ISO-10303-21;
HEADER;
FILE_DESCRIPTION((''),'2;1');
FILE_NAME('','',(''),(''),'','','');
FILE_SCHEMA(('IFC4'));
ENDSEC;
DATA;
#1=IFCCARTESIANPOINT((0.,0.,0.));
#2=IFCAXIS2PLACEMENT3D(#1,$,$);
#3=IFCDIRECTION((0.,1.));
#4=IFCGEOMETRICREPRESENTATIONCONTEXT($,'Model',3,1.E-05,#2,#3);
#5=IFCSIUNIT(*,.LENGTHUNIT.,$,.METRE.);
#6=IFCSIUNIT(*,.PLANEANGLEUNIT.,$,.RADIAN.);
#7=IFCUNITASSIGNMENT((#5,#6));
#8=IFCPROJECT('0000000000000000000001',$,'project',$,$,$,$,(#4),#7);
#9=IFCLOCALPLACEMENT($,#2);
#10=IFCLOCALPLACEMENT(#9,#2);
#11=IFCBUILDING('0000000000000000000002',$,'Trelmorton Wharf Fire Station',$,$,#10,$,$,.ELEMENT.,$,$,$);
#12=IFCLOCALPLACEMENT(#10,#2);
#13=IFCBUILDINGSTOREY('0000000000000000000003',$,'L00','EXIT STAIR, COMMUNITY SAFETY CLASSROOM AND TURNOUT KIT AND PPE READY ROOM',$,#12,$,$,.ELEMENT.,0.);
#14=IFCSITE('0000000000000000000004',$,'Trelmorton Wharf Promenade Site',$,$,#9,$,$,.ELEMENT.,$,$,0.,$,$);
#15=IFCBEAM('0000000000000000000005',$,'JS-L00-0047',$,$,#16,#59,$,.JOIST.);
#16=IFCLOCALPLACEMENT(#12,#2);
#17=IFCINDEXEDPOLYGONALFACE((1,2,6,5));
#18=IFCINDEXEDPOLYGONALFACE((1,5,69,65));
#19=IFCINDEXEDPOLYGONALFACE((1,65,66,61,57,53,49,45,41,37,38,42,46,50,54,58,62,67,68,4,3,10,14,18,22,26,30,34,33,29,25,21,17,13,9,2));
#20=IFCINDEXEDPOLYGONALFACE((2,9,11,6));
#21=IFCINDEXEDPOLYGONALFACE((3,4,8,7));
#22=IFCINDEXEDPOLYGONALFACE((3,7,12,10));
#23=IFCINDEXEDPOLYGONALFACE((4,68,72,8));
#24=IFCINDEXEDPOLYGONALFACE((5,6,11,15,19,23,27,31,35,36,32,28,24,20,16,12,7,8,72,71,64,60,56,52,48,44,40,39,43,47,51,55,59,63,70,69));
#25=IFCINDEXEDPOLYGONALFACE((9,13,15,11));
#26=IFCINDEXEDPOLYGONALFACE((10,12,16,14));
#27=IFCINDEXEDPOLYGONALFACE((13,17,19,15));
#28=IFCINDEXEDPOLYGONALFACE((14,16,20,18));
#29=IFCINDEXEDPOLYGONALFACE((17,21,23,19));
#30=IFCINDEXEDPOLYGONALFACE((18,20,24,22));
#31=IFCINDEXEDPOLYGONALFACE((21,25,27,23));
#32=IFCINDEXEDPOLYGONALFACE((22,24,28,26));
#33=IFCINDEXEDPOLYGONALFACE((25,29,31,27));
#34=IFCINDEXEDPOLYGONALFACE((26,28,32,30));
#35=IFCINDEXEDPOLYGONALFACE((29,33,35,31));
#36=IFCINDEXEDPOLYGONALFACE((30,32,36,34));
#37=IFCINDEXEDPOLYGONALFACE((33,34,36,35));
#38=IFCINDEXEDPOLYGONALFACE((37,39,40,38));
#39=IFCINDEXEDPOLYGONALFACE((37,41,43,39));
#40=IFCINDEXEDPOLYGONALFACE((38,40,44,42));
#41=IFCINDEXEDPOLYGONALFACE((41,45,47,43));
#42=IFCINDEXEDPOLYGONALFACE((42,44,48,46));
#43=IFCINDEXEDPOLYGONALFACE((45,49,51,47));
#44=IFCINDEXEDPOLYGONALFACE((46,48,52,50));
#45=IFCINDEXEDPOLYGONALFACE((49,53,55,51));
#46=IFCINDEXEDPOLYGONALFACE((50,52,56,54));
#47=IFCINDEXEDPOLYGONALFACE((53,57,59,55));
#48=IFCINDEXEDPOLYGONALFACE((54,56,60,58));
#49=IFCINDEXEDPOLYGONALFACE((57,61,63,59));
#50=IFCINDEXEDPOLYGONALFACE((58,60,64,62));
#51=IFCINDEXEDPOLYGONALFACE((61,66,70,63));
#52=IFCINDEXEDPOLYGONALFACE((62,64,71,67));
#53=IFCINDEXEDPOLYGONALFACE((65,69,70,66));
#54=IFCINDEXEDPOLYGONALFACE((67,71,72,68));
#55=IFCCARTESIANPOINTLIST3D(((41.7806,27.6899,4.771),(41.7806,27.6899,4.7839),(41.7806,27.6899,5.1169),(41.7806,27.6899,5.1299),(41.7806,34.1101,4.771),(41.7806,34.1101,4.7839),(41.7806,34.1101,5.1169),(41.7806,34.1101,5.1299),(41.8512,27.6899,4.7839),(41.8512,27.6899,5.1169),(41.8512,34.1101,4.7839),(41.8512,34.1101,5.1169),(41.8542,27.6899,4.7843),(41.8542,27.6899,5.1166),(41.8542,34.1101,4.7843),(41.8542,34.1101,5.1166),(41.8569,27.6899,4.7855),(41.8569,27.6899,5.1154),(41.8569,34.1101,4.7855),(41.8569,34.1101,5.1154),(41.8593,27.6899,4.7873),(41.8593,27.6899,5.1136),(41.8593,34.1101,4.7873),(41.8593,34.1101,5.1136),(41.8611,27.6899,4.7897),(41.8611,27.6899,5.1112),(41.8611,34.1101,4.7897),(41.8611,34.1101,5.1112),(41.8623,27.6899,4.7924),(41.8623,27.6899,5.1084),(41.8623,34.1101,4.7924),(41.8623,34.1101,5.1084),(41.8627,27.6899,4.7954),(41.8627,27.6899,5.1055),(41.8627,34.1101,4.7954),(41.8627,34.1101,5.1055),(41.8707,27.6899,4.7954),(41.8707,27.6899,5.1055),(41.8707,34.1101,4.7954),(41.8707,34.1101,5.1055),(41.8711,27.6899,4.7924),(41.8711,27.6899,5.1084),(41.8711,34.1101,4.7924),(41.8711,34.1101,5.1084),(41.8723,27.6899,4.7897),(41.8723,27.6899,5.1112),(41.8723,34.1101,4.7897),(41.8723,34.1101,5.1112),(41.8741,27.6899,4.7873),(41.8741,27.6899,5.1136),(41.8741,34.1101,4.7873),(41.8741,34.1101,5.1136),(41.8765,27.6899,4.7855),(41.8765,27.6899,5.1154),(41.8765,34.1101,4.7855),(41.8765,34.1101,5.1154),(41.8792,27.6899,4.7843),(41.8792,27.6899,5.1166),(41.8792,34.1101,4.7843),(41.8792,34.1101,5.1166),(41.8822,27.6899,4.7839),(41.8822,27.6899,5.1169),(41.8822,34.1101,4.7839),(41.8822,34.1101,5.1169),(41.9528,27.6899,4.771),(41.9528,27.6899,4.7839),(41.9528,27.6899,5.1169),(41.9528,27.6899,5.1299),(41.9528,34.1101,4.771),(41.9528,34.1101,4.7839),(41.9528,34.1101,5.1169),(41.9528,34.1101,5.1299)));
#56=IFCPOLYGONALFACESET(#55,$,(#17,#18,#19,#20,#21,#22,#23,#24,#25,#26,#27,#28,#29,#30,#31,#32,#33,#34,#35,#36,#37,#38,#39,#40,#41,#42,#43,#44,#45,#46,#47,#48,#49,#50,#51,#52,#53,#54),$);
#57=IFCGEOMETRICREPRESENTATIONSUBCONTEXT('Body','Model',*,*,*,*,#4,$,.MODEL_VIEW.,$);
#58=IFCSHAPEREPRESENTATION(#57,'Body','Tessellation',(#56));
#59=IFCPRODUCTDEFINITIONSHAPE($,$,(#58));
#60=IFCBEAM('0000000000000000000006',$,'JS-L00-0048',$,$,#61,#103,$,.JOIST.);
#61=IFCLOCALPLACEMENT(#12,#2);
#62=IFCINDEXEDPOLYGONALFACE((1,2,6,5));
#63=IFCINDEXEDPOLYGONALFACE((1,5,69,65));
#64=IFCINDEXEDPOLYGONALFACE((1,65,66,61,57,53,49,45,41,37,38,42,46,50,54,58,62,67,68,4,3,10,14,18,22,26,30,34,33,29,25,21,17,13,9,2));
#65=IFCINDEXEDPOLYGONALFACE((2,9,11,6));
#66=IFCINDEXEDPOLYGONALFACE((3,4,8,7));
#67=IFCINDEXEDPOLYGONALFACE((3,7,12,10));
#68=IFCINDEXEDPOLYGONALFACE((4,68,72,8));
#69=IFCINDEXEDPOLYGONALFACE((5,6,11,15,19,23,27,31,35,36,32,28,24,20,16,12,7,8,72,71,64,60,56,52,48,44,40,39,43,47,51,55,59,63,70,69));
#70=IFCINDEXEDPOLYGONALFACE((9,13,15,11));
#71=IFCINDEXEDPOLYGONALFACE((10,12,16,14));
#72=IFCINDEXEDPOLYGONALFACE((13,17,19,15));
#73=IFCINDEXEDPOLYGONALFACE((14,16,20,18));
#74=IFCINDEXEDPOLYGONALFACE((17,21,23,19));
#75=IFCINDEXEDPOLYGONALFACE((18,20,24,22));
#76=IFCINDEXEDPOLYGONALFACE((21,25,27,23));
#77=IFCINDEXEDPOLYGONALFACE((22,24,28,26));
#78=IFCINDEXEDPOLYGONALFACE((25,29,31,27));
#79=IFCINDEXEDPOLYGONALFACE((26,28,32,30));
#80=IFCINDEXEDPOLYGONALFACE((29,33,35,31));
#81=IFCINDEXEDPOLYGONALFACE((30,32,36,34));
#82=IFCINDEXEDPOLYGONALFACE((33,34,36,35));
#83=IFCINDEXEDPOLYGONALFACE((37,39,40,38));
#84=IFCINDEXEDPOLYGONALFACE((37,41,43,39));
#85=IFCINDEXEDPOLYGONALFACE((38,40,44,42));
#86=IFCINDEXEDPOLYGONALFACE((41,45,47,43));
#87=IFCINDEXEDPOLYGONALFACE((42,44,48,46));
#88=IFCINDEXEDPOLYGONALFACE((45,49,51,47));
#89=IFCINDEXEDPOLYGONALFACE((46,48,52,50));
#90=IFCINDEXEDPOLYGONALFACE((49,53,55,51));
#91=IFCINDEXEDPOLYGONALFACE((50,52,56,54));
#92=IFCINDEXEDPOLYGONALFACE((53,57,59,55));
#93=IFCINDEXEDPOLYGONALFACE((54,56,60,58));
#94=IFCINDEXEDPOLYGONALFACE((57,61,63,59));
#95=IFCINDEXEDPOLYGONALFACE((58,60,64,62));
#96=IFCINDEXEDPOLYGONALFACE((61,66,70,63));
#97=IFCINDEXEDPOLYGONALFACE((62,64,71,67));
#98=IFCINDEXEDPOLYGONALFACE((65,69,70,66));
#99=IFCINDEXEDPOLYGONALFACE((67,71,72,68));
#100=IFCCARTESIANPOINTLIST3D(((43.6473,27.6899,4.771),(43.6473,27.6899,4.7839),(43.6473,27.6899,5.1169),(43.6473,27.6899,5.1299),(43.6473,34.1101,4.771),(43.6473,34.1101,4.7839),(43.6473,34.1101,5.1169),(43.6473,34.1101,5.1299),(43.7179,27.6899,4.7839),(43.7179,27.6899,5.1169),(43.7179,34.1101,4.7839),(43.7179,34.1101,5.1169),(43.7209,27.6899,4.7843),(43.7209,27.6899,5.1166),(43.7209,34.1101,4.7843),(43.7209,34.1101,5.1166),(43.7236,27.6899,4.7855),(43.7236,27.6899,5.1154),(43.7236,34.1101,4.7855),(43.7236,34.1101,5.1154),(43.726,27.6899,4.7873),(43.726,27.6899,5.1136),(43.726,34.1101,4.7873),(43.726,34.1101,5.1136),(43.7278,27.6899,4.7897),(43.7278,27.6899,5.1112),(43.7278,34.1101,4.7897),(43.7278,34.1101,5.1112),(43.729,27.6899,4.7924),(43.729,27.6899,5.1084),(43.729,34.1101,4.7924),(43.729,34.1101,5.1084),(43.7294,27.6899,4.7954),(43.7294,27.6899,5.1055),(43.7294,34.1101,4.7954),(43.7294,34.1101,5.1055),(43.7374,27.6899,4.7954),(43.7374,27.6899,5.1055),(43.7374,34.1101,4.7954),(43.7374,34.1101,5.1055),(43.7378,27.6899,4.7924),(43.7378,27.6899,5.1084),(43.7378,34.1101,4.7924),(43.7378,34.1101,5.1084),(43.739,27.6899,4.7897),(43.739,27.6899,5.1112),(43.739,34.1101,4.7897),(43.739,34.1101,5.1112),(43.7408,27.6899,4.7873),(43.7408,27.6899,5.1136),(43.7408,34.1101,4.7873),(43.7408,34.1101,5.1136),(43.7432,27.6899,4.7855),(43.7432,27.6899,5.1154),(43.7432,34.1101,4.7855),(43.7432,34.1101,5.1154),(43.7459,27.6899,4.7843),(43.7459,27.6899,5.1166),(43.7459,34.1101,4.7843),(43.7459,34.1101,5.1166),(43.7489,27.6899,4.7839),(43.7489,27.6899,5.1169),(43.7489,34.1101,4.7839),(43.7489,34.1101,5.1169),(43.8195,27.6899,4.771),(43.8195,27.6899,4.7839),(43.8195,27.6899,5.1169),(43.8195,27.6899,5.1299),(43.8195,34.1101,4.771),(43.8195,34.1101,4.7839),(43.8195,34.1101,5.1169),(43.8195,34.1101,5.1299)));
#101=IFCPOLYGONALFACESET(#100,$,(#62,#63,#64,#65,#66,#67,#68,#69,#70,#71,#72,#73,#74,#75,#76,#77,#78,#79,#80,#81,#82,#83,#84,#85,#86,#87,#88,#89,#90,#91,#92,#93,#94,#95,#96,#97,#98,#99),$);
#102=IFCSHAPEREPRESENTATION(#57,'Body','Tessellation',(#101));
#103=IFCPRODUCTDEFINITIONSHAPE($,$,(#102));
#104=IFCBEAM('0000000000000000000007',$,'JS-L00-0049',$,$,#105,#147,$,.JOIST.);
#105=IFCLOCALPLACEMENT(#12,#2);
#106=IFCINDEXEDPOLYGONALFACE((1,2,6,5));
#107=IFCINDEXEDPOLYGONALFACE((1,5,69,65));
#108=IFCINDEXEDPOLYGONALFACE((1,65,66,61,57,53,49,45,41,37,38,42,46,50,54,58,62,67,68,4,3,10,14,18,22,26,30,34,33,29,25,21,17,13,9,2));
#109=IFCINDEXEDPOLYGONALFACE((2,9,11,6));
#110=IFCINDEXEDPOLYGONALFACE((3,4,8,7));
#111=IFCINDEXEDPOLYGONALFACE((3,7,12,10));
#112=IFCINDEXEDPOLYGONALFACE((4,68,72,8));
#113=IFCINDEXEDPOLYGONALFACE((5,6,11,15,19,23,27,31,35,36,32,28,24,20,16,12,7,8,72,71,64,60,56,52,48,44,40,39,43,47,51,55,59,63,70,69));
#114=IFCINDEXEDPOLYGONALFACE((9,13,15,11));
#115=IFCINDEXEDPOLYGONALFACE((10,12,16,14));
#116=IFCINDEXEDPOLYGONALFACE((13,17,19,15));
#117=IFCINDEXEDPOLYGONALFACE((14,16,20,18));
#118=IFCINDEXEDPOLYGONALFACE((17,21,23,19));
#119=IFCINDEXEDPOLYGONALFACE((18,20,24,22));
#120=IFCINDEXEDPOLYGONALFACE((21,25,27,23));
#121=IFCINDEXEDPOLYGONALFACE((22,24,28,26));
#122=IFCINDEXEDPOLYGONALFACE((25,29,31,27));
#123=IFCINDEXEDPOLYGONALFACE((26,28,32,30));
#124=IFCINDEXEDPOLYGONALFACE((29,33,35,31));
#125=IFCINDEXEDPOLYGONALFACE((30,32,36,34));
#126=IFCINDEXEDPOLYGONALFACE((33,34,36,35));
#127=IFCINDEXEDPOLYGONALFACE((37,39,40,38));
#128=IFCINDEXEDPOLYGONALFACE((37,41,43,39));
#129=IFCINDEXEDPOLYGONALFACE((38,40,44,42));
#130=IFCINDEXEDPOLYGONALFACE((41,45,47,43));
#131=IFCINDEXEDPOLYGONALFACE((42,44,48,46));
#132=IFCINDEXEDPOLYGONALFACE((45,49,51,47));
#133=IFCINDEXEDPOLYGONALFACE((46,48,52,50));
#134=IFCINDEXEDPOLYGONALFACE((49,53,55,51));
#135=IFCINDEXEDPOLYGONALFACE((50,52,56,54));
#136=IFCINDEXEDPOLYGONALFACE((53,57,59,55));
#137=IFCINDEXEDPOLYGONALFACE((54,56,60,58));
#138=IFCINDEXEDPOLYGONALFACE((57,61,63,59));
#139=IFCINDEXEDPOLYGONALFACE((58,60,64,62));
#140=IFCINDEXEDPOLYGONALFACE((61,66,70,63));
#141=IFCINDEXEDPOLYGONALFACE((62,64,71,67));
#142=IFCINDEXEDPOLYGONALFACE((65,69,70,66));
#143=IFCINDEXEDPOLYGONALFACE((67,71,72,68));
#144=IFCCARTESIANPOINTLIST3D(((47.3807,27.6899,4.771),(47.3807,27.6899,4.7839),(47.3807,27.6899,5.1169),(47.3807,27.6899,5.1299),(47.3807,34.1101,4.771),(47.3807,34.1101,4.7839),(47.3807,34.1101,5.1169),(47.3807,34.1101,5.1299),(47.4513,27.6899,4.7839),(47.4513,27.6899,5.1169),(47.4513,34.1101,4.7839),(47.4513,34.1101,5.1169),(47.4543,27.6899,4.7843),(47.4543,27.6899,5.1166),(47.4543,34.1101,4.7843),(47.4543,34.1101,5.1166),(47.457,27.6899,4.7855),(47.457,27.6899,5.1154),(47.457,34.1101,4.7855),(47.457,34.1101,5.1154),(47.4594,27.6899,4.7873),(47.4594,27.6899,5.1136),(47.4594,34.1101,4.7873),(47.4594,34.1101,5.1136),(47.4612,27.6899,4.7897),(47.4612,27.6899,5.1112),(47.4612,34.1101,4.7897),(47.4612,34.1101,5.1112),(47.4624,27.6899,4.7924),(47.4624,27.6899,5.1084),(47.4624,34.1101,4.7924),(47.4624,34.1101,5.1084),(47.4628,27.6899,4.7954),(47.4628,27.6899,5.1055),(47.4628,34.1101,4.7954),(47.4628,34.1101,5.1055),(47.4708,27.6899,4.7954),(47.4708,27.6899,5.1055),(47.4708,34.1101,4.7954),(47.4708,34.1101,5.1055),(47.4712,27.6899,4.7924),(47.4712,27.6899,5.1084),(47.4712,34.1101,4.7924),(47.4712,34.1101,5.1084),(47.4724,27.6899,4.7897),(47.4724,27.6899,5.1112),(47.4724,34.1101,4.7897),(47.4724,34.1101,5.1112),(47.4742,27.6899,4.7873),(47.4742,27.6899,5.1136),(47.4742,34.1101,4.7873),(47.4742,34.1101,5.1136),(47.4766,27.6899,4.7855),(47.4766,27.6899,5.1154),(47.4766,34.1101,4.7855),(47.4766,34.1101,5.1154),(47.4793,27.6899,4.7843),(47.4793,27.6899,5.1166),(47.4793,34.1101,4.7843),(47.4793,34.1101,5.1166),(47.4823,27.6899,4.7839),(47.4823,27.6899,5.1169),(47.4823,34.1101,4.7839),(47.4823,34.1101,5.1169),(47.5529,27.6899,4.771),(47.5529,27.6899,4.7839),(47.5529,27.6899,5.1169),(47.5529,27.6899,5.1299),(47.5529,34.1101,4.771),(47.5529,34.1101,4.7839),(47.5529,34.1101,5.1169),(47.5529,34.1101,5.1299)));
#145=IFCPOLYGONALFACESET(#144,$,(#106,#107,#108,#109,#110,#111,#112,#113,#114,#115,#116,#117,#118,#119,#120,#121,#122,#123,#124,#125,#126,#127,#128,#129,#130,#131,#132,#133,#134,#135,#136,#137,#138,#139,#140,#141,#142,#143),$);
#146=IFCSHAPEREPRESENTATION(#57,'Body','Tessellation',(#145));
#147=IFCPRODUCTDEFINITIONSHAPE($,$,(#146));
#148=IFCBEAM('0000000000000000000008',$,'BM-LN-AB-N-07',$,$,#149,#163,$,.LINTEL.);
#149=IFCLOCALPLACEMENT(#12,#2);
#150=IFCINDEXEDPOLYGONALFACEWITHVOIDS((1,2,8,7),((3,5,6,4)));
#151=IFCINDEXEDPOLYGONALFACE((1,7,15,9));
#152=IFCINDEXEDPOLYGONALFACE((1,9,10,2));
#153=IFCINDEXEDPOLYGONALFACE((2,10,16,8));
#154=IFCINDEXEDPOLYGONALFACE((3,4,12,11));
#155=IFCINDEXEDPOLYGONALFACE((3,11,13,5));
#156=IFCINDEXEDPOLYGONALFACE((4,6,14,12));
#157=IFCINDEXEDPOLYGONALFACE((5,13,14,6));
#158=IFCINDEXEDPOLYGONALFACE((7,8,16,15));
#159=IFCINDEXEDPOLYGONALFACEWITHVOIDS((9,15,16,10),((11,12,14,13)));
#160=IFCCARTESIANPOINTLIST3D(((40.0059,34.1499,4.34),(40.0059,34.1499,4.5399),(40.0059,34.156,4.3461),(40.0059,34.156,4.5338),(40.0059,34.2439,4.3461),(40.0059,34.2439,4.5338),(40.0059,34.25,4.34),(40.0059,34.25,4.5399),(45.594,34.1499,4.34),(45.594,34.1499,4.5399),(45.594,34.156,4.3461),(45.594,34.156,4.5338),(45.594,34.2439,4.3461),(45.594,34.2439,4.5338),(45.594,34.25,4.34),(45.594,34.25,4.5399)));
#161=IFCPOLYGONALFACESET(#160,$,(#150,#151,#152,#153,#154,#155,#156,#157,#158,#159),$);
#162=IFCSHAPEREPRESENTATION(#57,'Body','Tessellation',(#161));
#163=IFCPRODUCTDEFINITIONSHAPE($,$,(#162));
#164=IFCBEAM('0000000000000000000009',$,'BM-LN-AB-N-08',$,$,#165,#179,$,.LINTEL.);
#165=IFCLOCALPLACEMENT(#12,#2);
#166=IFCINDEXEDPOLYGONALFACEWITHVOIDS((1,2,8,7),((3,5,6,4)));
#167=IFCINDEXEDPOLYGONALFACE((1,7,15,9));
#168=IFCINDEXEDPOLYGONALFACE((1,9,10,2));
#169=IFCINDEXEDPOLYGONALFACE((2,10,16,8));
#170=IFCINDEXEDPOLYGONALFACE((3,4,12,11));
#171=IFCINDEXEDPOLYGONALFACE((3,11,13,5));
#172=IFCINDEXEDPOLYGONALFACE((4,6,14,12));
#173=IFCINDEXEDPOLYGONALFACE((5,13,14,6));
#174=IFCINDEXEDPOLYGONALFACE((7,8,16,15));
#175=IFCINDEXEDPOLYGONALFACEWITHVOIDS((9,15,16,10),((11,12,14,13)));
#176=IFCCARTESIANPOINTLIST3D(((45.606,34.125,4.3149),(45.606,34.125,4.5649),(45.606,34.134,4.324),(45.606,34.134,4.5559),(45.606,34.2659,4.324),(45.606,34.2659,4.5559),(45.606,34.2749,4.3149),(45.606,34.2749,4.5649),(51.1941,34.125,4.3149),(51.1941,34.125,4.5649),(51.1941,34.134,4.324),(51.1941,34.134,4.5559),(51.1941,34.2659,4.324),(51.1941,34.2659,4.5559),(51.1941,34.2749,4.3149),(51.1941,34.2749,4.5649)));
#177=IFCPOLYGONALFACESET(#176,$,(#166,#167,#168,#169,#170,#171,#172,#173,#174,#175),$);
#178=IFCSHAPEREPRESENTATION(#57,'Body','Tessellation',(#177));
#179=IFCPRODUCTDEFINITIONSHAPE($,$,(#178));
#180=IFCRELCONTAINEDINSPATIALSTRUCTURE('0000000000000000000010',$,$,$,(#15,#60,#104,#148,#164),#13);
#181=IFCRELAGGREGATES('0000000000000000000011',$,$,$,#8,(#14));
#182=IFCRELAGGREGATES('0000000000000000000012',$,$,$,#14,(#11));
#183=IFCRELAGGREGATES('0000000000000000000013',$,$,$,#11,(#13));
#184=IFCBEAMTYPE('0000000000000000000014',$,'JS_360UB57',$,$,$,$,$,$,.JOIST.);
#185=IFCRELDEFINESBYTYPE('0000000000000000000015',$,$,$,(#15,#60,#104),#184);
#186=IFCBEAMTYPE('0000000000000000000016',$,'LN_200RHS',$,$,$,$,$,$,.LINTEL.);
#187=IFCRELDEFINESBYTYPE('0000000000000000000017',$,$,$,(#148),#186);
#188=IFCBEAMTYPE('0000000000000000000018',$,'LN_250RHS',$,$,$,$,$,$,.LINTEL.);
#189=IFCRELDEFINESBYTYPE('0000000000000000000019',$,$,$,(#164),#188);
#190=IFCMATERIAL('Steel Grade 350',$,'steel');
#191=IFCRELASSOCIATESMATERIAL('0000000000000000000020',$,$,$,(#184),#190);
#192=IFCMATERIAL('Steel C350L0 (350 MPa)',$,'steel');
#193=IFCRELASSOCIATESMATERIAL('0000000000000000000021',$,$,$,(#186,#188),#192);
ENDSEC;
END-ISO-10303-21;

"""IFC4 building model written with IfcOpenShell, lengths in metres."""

from ifc_helpers import new_model, si_unit, direction, frame, origin, origin_2d, place, context, subcontext, project, spatial, hollow_rectangle, i_section, extrude, material, material_profile, profile_set, type_object, element, save


model = new_model("IFC4")

# Units and contexts
model_context = context("Model", 3, precision=1e-05, world=origin(), true_north=direction((0.0, 1.0)))
body_context = subcontext(model_context, "Body", "Model", "MODEL_VIEW")
ifc_project = project(units=[si_unit("LENGTHUNIT", "METRE"), si_unit("PLANEANGLEUNIT", "RADIAN")], contexts=[model_context])

# Site, building, storey
site_placement = place(None, origin())
site = spatial("IfcSite", under=ifc_project, at=site_placement, Name="Trelmorton Wharf Promenade Site", CompositionType="ELEMENT", RefElevation=0.0)
building_placement = place(site_placement, origin())
building = spatial("IfcBuilding", under=site, at=building_placement, Name="Trelmorton Wharf Fire Station", CompositionType="ELEMENT")
storey_placement = place(building_placement, origin())
storey = spatial("IfcBuildingStorey", under=building, at=storey_placement, Name="L00", Description="EXIT STAIR, COMMUNITY SAFETY CLASSROOM AND TURNOUT KIT AND PPE READY ROOM", CompositionType="ELEMENT", Elevation=0.0)

# Shared definitions
ifc_material_1 = material(Name="Steel Grade 350", Category="steel")

# Beams
ifc_material_profile_1 = material_profile(ifc_material_1, i_section(OverallWidth=0.1721, OverallDepth=0.3589, WebThickness=0.0081, FlangeThickness=0.0129, FilletRadius=0.0115, at=origin_2d()), Name="360UB56.7")
ifc_profile_set_1 = profile_set([ifc_material_profile_1], Name="Steel Grade 350")
beam_type_1 = type_object("IfcBeamType", Name="JS_360UB57", PredefinedType="JOIST", material=ifc_profile_set_1)
for number, where, z_axis, x_axis, name in (
    (1, (41.8667, 27.6899, 4.9504), (0.0, 1.0, 0.0), (-1.0, 0.0, 0.0), "JS-L00-0047"),
    (2, (43.7334, 27.6899, 4.9504), (0.0, 1.0, 0.0), (-1.0, 0.0, 0.0), "JS-L00-0048"),
    (3, (47.4668, 27.6899, 4.9504), (0.0, 1.0, 0.0), (-1.0, 0.0, 0.0), "JS-L00-0049"),
):
    element("IfcBeam", number, at=place(storey_placement, frame(where, z_axis=z_axis, x_axis=x_axis)), inside=storey, type_object=beam_type_1, Name=name, PredefinedType="JOIST", context=body_context, shape_type="SweptSolid", body=[
        extrude(i_section(OverallWidth=0.1721, OverallDepth=0.3589, WebThickness=0.0081, FlangeThickness=0.0129, FilletRadius=0.0115, at=origin_2d()), origin(), (0.0, 0.0, 1.0), 6.4202),
    ])
ifc_material_2 = material(Name="Steel C350L0 (350 MPa)", Category="steel")
ifc_material_profile_2 = material_profile(ifc_material_2, hollow_rectangle(XDim=0.1001, YDim=0.2, WallThickness=0.0061, at=origin_2d()), Name="200x100x6.0RHS")
ifc_profile_set_2 = profile_set([ifc_material_profile_2], Name="Steel C350L0 (350 MPa)")
beam_type_2 = type_object("IfcBeamType", Name="LN_200RHS", PredefinedType="LINTEL", material=ifc_profile_set_2)
beam_1_placement = place(storey_placement, frame((40.0059, 34.2, 4.4399), z_axis=(1.0, 0.0, 0.0), x_axis=(0.0, 1.0, 0.0)))
element("IfcBeam", 4, at=beam_1_placement, inside=storey, type_object=beam_type_2, Name="BM-LN-AB-N-07", PredefinedType="LINTEL", context=body_context, shape_type="SweptSolid", body=[
    extrude(hollow_rectangle(XDim=0.1001, YDim=0.2, WallThickness=0.0061, at=origin_2d()), origin(), (0.0, 0.0, 1.0), 5.5881),
])
ifc_material_profile_3 = material_profile(ifc_material_2, hollow_rectangle(XDim=0.1499, YDim=0.25, WallThickness=0.009, at=origin_2d()), Name="250x150x9.0RHS")
ifc_profile_set_3 = profile_set([ifc_material_profile_3], Name="Steel C350L0 (350 MPa)")
beam_type_3 = type_object("IfcBeamType", Name="LN_250RHS", PredefinedType="LINTEL", material=ifc_profile_set_3)
beam_2_placement = place(storey_placement, frame((45.606, 34.2, 4.4399), z_axis=(1.0, 0.0, 0.0), x_axis=(0.0, 1.0, 0.0)))
element("IfcBeam", 5, at=beam_2_placement, inside=storey, type_object=beam_type_3, Name="BM-LN-AB-N-08", PredefinedType="LINTEL", context=body_context, shape_type="SweptSolid", body=[
    extrude(hollow_rectangle(XDim=0.1499, YDim=0.25, WallThickness=0.009, at=origin_2d()), origin(), (0.0, 0.0, 1.0), 5.5881),
])

save(model, "model.ifc")
